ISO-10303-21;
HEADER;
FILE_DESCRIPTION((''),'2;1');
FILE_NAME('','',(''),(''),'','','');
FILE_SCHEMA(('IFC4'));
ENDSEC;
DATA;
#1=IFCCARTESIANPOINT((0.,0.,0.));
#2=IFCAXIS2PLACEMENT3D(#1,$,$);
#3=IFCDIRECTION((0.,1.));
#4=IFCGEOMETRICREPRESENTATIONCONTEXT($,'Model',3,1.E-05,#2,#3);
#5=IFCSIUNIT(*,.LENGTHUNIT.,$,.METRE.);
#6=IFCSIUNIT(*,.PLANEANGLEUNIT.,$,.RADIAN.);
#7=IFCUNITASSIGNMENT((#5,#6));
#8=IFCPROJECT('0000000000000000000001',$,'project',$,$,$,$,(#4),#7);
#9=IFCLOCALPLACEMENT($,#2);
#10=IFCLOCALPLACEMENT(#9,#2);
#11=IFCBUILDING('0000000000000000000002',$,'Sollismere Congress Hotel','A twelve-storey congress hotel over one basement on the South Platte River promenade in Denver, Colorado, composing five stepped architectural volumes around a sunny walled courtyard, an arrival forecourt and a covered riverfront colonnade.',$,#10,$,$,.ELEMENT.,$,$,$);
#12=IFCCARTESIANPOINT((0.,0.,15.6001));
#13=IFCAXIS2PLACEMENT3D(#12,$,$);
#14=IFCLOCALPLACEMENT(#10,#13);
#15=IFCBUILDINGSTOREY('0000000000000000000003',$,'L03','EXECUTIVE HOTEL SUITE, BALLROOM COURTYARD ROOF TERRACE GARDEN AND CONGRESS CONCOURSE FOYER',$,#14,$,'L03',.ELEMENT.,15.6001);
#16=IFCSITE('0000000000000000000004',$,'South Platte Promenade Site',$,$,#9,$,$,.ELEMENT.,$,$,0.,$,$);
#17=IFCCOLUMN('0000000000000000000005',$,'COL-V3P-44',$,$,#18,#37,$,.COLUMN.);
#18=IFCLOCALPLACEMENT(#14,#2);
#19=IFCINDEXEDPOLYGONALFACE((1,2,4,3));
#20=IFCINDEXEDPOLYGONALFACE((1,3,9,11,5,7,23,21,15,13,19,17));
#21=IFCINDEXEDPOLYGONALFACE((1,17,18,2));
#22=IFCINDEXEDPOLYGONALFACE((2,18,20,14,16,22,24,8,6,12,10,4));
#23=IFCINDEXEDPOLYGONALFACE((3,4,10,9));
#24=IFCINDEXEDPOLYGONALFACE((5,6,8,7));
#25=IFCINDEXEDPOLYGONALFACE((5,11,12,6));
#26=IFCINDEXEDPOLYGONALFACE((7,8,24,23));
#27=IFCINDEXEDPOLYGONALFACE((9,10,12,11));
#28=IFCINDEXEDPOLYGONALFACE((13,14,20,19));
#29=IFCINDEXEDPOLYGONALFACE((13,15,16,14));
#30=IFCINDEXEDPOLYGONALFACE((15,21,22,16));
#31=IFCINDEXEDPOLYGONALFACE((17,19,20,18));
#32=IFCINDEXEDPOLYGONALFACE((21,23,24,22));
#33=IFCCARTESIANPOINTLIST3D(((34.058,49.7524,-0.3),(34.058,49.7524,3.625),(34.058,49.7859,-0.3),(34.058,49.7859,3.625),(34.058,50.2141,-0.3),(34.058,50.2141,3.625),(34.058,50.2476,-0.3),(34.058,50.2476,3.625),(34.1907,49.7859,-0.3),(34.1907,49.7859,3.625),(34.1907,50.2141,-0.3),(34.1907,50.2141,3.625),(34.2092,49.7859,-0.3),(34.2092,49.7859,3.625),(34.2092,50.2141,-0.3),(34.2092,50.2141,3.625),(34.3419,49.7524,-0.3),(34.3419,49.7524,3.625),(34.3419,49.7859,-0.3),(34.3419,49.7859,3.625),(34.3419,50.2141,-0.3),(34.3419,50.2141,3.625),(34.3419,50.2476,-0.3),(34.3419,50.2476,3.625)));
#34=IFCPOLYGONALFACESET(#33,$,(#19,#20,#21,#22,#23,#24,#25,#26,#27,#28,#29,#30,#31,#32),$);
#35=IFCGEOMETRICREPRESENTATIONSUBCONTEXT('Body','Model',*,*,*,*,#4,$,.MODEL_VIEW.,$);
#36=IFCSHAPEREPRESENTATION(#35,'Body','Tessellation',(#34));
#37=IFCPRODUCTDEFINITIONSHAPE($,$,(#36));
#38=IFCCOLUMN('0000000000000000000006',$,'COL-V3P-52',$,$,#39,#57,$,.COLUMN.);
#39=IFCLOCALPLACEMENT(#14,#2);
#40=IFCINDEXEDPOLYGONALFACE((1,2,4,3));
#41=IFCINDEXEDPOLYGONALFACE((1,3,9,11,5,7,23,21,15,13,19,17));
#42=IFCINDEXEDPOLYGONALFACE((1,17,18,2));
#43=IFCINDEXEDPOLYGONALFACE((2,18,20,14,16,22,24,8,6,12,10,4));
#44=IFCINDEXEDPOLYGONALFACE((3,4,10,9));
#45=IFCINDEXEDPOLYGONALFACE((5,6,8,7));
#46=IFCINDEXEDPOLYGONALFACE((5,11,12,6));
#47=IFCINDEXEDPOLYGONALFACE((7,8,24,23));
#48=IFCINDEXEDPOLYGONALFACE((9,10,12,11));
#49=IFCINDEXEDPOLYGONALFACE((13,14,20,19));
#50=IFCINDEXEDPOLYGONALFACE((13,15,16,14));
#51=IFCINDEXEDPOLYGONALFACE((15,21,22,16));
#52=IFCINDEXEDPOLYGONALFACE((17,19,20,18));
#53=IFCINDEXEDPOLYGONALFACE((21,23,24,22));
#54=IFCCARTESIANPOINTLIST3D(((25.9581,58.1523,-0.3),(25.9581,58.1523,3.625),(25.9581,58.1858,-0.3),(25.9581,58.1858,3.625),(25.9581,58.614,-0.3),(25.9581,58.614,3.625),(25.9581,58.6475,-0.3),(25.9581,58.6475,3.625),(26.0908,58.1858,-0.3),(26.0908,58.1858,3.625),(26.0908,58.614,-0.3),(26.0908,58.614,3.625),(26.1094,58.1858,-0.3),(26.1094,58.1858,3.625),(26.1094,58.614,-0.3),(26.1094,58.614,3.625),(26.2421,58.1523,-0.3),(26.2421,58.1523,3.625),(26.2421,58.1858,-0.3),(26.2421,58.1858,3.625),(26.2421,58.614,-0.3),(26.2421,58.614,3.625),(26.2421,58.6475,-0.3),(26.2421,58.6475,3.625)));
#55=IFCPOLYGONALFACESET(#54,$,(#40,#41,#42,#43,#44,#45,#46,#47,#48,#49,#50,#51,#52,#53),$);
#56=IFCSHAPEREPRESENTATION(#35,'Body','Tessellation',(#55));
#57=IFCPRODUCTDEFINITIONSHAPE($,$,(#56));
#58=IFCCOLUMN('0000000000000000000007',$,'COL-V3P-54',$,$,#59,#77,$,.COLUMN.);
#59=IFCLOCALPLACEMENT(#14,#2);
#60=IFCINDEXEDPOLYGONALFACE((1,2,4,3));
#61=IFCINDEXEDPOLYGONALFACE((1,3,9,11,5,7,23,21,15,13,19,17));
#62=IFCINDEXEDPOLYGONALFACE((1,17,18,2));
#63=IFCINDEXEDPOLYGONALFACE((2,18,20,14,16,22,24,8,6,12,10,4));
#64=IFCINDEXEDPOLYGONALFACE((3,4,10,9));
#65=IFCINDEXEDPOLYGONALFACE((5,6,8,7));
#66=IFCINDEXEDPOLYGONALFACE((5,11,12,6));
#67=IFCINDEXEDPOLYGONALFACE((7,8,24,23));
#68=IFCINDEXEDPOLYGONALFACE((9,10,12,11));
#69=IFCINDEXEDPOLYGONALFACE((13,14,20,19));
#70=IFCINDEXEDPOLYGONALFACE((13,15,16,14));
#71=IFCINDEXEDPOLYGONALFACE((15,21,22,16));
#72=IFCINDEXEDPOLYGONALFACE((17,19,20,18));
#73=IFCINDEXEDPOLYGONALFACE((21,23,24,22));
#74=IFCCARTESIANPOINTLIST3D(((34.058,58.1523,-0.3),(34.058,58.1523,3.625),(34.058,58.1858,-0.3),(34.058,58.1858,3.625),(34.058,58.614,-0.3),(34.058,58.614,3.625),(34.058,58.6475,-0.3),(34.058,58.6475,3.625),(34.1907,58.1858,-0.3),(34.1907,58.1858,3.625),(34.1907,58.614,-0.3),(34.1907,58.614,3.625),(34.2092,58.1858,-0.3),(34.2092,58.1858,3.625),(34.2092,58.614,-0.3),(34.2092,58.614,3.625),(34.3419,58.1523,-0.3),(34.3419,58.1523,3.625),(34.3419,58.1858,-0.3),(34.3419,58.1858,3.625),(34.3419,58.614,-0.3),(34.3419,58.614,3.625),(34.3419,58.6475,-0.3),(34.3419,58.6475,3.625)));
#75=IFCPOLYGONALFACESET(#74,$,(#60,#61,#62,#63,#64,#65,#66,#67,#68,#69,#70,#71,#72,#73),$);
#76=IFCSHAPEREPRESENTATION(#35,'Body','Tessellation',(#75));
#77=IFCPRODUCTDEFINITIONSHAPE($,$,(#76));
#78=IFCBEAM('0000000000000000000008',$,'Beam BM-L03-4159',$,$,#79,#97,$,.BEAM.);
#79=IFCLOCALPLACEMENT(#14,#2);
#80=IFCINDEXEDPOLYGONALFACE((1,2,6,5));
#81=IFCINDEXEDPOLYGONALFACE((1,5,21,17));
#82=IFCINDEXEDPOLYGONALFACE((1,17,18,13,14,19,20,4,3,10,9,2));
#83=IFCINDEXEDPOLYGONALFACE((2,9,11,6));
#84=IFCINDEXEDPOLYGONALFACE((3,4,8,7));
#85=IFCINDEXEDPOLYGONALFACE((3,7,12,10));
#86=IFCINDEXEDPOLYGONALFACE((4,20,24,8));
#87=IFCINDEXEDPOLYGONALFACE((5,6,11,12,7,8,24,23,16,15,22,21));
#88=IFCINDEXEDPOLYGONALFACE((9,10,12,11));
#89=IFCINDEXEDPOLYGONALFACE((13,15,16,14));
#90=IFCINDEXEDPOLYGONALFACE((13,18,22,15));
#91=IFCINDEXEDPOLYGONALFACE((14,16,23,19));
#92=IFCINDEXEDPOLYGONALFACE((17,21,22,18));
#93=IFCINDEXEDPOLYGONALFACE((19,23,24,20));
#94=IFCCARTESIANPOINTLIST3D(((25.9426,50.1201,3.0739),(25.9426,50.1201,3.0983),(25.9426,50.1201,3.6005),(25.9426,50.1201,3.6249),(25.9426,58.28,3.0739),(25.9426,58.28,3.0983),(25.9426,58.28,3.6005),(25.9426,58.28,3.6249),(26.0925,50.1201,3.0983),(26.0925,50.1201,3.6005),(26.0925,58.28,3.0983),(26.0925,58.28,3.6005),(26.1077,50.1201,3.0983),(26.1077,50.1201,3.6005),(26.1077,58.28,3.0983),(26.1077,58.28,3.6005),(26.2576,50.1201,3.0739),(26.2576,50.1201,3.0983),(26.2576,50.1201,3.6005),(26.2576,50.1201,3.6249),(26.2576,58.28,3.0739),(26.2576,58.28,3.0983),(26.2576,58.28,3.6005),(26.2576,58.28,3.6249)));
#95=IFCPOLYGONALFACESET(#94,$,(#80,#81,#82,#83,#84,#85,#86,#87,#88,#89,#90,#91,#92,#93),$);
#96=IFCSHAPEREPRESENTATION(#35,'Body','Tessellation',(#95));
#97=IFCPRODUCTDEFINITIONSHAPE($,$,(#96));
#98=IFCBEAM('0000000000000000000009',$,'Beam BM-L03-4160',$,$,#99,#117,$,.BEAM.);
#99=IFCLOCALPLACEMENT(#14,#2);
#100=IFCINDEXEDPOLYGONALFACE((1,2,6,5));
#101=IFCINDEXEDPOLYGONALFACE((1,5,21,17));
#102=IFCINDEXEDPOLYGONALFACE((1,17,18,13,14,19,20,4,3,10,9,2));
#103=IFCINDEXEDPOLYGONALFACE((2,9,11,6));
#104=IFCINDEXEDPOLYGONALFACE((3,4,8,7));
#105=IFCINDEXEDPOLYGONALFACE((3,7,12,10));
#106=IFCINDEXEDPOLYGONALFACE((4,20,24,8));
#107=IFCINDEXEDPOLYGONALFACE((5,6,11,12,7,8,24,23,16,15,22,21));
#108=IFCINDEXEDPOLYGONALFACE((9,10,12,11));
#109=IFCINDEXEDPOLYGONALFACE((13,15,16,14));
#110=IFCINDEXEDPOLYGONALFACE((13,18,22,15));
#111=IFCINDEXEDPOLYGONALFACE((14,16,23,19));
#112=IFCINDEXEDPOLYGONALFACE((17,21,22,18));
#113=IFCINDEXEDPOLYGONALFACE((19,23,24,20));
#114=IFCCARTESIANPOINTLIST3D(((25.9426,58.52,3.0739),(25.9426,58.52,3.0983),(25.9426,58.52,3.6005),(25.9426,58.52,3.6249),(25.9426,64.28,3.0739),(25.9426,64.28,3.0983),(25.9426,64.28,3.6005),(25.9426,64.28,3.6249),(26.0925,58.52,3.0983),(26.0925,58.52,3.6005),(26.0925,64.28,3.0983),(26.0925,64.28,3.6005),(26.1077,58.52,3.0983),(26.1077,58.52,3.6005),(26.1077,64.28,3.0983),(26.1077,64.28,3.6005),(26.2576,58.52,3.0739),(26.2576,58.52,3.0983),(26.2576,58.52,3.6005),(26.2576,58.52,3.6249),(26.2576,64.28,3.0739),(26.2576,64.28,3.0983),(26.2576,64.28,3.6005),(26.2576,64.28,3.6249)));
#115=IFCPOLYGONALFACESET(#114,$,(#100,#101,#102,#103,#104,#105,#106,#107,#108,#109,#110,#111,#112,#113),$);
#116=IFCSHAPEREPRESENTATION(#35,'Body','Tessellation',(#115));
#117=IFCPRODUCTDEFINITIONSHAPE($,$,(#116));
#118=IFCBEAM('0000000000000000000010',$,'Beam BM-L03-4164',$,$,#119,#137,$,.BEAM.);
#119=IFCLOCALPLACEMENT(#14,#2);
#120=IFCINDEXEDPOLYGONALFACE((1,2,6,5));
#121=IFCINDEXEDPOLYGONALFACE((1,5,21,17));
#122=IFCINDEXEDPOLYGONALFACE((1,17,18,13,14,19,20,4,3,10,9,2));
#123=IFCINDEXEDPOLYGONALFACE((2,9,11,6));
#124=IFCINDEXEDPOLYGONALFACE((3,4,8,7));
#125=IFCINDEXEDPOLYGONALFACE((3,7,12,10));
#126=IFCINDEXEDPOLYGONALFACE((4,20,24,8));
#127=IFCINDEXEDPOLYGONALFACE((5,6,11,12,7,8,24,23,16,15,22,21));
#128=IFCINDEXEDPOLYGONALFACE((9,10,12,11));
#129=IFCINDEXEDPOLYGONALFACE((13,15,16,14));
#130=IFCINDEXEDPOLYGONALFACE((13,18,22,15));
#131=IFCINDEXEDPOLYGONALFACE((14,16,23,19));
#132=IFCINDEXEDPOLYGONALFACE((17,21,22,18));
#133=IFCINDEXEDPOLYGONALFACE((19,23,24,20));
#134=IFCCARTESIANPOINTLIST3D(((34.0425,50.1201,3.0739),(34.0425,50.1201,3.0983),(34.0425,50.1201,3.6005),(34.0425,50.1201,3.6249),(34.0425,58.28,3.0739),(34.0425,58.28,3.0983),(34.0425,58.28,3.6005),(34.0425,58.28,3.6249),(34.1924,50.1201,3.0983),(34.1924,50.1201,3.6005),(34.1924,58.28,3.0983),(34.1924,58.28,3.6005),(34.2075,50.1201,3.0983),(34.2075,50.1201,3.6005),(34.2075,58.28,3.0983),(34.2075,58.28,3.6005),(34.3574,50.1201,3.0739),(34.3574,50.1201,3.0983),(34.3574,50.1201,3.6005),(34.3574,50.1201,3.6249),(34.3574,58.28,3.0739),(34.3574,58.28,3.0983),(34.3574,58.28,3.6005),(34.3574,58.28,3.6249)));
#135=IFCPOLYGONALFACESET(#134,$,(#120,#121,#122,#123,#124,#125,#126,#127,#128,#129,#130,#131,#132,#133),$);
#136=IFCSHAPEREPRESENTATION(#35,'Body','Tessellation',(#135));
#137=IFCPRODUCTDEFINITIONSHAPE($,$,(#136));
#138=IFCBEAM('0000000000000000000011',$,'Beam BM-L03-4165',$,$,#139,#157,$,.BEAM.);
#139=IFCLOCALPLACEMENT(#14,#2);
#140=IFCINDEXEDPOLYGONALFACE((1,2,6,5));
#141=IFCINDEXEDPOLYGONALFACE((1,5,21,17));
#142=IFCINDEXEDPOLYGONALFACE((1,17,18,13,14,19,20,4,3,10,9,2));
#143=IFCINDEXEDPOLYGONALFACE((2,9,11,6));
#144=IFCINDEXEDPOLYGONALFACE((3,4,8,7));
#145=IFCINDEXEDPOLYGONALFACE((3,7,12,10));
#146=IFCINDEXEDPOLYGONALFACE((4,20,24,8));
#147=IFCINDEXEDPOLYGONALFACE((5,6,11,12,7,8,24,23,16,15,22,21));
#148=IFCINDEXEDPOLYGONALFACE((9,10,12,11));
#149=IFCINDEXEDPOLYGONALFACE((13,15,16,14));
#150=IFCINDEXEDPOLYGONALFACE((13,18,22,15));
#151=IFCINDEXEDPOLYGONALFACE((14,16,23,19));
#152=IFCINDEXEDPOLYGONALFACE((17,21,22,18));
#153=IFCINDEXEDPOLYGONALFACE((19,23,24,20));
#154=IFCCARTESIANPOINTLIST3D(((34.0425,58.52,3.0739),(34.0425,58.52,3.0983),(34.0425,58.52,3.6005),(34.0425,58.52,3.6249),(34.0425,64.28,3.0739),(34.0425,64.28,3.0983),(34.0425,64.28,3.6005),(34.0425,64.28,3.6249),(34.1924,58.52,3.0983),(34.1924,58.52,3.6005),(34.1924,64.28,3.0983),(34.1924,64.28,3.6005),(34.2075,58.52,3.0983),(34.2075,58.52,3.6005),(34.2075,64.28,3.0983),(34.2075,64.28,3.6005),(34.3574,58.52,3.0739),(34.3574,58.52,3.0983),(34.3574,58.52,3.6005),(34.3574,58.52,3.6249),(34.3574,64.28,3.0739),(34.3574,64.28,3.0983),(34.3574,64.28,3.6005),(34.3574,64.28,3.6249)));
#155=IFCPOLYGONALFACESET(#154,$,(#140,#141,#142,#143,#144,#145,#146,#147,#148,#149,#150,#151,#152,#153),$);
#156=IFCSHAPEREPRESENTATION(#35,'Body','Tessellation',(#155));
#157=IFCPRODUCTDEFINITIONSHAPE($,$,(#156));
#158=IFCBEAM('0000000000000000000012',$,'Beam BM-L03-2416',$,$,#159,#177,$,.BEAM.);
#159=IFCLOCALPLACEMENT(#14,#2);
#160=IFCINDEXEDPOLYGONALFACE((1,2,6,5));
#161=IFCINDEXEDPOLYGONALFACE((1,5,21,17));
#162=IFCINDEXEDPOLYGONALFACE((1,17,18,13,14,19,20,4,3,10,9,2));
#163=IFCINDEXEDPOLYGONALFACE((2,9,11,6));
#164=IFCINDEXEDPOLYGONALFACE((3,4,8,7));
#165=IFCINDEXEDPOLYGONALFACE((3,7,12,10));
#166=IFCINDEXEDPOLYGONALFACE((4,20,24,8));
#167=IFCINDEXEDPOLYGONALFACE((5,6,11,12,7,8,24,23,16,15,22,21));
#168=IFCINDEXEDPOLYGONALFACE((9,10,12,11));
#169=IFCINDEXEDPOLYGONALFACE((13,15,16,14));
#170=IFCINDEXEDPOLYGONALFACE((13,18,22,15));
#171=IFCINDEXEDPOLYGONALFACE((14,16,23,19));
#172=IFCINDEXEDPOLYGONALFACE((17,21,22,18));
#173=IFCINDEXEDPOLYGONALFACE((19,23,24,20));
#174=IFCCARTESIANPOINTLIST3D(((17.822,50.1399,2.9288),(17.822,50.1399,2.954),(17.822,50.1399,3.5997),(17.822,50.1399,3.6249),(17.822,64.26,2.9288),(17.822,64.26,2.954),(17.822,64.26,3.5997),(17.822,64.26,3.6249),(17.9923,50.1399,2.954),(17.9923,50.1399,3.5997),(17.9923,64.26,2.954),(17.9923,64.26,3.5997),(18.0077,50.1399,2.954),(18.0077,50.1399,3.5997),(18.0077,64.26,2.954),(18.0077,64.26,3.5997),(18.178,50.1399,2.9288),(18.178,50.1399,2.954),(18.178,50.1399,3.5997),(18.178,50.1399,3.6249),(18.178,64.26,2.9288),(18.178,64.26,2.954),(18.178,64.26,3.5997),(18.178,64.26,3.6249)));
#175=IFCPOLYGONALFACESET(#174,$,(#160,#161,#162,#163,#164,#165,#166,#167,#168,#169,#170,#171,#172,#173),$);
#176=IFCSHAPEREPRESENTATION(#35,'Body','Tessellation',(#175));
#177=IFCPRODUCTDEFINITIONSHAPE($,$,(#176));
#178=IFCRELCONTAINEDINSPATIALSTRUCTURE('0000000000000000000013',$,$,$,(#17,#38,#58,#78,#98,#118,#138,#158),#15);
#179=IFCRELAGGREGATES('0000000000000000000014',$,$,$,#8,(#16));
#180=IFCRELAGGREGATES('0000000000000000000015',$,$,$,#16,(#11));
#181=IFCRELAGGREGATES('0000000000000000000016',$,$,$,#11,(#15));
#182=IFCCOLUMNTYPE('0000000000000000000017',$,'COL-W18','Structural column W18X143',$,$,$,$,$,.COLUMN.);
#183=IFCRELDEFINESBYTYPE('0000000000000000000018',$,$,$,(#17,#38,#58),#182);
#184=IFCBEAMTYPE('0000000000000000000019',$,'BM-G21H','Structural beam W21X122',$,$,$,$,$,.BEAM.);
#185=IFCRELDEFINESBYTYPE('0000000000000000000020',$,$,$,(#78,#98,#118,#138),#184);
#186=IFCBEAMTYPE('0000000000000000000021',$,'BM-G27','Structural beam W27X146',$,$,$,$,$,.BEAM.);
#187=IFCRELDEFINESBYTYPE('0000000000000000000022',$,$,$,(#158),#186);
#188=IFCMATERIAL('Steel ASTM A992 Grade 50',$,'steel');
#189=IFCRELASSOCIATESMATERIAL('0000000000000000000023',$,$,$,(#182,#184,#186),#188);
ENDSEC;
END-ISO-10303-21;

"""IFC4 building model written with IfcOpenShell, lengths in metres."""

from ifc_helpers import new_model, si_unit, direction, frame, origin, origin_2d, place, context, subcontext, project, spatial, i_section, extrude, material, material_profile, profile_set, type_object, element, save


model = new_model("IFC4")

# Units and contexts
model_context = context("Model", 3, precision=1e-05, world=origin(), true_north=direction((0.0, 1.0)))
body_context = subcontext(model_context, "Body", "Model", "MODEL_VIEW")
ifc_project = project(units=[si_unit("LENGTHUNIT", "METRE"), si_unit("PLANEANGLEUNIT", "RADIAN")], contexts=[model_context])

# Site, building, storey
site_placement = place(None, origin())
site = spatial("IfcSite", under=ifc_project, at=site_placement, Name="South Platte Promenade Site", CompositionType="ELEMENT", RefElevation=0.0)
building_placement = place(site_placement, origin())
building = spatial("IfcBuilding", under=site, at=building_placement, Name="Sollismere Congress Hotel", Description="A twelve-storey congress hotel over one basement on the South Platte River promenade in Denver, Colorado, composing five stepped architectural volumes around a sunny walled courtyard, an arrival forecourt and a covered riverfront colonnade.", CompositionType="ELEMENT")
storey_placement = place(building_placement, frame((0.0, 0.0, 15.6001)))
storey = spatial("IfcBuildingStorey", under=building, at=storey_placement, Name="L03", Description="EXECUTIVE HOTEL SUITE, BALLROOM COURTYARD ROOF TERRACE GARDEN AND CONGRESS CONCOURSE FOYER", LongName="L03", CompositionType="ELEMENT", Elevation=15.6001)

# Columns
ifc_material_1 = material(Name="Steel ASTM A992 Grade 50", Category="steel")
ifc_material_profile_1 = material_profile(ifc_material_1, i_section(OverallWidth=0.2839, OverallDepth=0.4951, WebThickness=0.0186, FlangeThickness=0.0334, at=origin_2d()), Name="W18X143")
ifc_profile_set_1 = profile_set([ifc_material_profile_1], Name="Steel ASTM A992 Grade 50")
column_type = type_object("IfcColumnType", Name="COL-W18", Description="Structural column W18X143", PredefinedType="COLUMN", material=ifc_profile_set_1)
for number, where, z_axis, x_axis, name in (
    (1, (34.2, 50.0, -0.3), (0.0, 0.0, 1.0), (1.0, 0.0, 0.0), "COL-V3P-44"),
    (2, (26.1001, 58.3999, -0.3), (0.0, 0.0, 1.0), (1.0, 0.0, 0.0), "COL-V3P-52"),
    (3, (34.2, 58.3999, -0.3), (0.0, 0.0, 1.0), (1.0, 0.0, 0.0), "COL-V3P-54"),
):
    element("IfcColumn", number, at=place(storey_placement, frame(where, z_axis=z_axis, x_axis=x_axis)), inside=storey, type_object=column_type, Name=name, PredefinedType="COLUMN", context=body_context, shape_type="SweptSolid", body=[
        extrude(i_section(OverallWidth=0.2839, OverallDepth=0.4951, WebThickness=0.0186, FlangeThickness=0.0334, at=origin_2d()), origin(), (0.0, 0.0, 1.0), 3.925),
    ])

# Beams
ifc_material_profile_2 = material_profile(ifc_material_1, i_section(OverallWidth=0.3149, OverallDepth=0.551, WebThickness=0.0151, FlangeThickness=0.0244, at=origin_2d()), Name="W21X122")
ifc_profile_set_2 = profile_set([ifc_material_profile_2], Name="Steel ASTM A992 Grade 50")
beam_type_1 = type_object("IfcBeamType", Name="BM-G21H", Description="Structural beam W21X122", PredefinedType="BEAM", material=ifc_profile_set_2)
beam_1_placement = place(storey_placement, frame((26.1001, 50.1201, 3.3494), z_axis=(0.0, 1.0, 0.0), x_axis=(-1.0, 0.0, 0.0)))
element("IfcBeam", 4, at=beam_1_placement, inside=storey, type_object=beam_type_1, Name="Beam BM-L03-4159", PredefinedType="BEAM", context=body_context, shape_type="SweptSolid", body=[
    extrude(i_section(OverallWidth=0.3149, OverallDepth=0.551, WebThickness=0.0151, FlangeThickness=0.0244, at=origin_2d()), origin(), (0.0, 0.0, 1.0), 8.1599),
])
beam_2_placement = place(storey_placement, frame((26.1001, 58.52, 3.3494), z_axis=(0.0, 1.0, 0.0), x_axis=(-1.0, 0.0, 0.0)))
element("IfcBeam", 5, at=beam_2_placement, inside=storey, type_object=beam_type_1, Name="Beam BM-L03-4160", PredefinedType="BEAM", context=body_context, shape_type="SweptSolid", body=[
    extrude(i_section(OverallWidth=0.3149, OverallDepth=0.551, WebThickness=0.0151, FlangeThickness=0.0244, at=origin_2d()), origin(), (0.0, 0.0, 1.0), 5.76),
])
beam_3_placement = place(storey_placement, frame((34.2, 50.1201, 3.3494), z_axis=(0.0, 1.0, 0.0), x_axis=(-1.0, 0.0, 0.0)))
element("IfcBeam", 6, at=beam_3_placement, inside=storey, type_object=beam_type_1, Name="Beam BM-L03-4164", PredefinedType="BEAM", context=body_context, shape_type="SweptSolid", body=[
    extrude(i_section(OverallWidth=0.3149, OverallDepth=0.551, WebThickness=0.0151, FlangeThickness=0.0244, at=origin_2d()), origin(), (0.0, 0.0, 1.0), 8.1599),
])
beam_4_placement = place(storey_placement, frame((34.2, 58.52, 3.3494), z_axis=(0.0, 1.0, 0.0), x_axis=(-1.0, 0.0, 0.0)))
element("IfcBeam", 7, at=beam_4_placement, inside=storey, type_object=beam_type_1, Name="Beam BM-L03-4165", PredefinedType="BEAM", context=body_context, shape_type="SweptSolid", body=[
    extrude(i_section(OverallWidth=0.3149, OverallDepth=0.551, WebThickness=0.0151, FlangeThickness=0.0244, at=origin_2d()), origin(), (0.0, 0.0, 1.0), 5.76),
])
ifc_material_profile_3 = material_profile(ifc_material_1, i_section(OverallWidth=0.356, OverallDepth=0.696, WebThickness=0.0154, FlangeThickness=0.0251, at=origin_2d()), Name="W27X146")
ifc_profile_set_3 = profile_set([ifc_material_profile_3], Name="Steel ASTM A992 Grade 50")
beam_type_2 = type_object("IfcBeamType", Name="BM-G27", Description="Structural beam W27X146", PredefinedType="BEAM", material=ifc_profile_set_3)
beam_5_placement = place(storey_placement, frame((18.0, 50.1399, 3.2769), z_axis=(0.0, 1.0, 0.0), x_axis=(-1.0, 0.0, 0.0)))
element("IfcBeam", 8, at=beam_5_placement, inside=storey, type_object=beam_type_2, Name="Beam BM-L03-2416", PredefinedType="BEAM", context=body_context, shape_type="SweptSolid", body=[
    extrude(i_section(OverallWidth=0.356, OverallDepth=0.696, WebThickness=0.0154, FlangeThickness=0.0251, at=origin_2d()), origin(), (0.0, 0.0, 1.0), 14.1201),
])

save(model, "model.ifc")
